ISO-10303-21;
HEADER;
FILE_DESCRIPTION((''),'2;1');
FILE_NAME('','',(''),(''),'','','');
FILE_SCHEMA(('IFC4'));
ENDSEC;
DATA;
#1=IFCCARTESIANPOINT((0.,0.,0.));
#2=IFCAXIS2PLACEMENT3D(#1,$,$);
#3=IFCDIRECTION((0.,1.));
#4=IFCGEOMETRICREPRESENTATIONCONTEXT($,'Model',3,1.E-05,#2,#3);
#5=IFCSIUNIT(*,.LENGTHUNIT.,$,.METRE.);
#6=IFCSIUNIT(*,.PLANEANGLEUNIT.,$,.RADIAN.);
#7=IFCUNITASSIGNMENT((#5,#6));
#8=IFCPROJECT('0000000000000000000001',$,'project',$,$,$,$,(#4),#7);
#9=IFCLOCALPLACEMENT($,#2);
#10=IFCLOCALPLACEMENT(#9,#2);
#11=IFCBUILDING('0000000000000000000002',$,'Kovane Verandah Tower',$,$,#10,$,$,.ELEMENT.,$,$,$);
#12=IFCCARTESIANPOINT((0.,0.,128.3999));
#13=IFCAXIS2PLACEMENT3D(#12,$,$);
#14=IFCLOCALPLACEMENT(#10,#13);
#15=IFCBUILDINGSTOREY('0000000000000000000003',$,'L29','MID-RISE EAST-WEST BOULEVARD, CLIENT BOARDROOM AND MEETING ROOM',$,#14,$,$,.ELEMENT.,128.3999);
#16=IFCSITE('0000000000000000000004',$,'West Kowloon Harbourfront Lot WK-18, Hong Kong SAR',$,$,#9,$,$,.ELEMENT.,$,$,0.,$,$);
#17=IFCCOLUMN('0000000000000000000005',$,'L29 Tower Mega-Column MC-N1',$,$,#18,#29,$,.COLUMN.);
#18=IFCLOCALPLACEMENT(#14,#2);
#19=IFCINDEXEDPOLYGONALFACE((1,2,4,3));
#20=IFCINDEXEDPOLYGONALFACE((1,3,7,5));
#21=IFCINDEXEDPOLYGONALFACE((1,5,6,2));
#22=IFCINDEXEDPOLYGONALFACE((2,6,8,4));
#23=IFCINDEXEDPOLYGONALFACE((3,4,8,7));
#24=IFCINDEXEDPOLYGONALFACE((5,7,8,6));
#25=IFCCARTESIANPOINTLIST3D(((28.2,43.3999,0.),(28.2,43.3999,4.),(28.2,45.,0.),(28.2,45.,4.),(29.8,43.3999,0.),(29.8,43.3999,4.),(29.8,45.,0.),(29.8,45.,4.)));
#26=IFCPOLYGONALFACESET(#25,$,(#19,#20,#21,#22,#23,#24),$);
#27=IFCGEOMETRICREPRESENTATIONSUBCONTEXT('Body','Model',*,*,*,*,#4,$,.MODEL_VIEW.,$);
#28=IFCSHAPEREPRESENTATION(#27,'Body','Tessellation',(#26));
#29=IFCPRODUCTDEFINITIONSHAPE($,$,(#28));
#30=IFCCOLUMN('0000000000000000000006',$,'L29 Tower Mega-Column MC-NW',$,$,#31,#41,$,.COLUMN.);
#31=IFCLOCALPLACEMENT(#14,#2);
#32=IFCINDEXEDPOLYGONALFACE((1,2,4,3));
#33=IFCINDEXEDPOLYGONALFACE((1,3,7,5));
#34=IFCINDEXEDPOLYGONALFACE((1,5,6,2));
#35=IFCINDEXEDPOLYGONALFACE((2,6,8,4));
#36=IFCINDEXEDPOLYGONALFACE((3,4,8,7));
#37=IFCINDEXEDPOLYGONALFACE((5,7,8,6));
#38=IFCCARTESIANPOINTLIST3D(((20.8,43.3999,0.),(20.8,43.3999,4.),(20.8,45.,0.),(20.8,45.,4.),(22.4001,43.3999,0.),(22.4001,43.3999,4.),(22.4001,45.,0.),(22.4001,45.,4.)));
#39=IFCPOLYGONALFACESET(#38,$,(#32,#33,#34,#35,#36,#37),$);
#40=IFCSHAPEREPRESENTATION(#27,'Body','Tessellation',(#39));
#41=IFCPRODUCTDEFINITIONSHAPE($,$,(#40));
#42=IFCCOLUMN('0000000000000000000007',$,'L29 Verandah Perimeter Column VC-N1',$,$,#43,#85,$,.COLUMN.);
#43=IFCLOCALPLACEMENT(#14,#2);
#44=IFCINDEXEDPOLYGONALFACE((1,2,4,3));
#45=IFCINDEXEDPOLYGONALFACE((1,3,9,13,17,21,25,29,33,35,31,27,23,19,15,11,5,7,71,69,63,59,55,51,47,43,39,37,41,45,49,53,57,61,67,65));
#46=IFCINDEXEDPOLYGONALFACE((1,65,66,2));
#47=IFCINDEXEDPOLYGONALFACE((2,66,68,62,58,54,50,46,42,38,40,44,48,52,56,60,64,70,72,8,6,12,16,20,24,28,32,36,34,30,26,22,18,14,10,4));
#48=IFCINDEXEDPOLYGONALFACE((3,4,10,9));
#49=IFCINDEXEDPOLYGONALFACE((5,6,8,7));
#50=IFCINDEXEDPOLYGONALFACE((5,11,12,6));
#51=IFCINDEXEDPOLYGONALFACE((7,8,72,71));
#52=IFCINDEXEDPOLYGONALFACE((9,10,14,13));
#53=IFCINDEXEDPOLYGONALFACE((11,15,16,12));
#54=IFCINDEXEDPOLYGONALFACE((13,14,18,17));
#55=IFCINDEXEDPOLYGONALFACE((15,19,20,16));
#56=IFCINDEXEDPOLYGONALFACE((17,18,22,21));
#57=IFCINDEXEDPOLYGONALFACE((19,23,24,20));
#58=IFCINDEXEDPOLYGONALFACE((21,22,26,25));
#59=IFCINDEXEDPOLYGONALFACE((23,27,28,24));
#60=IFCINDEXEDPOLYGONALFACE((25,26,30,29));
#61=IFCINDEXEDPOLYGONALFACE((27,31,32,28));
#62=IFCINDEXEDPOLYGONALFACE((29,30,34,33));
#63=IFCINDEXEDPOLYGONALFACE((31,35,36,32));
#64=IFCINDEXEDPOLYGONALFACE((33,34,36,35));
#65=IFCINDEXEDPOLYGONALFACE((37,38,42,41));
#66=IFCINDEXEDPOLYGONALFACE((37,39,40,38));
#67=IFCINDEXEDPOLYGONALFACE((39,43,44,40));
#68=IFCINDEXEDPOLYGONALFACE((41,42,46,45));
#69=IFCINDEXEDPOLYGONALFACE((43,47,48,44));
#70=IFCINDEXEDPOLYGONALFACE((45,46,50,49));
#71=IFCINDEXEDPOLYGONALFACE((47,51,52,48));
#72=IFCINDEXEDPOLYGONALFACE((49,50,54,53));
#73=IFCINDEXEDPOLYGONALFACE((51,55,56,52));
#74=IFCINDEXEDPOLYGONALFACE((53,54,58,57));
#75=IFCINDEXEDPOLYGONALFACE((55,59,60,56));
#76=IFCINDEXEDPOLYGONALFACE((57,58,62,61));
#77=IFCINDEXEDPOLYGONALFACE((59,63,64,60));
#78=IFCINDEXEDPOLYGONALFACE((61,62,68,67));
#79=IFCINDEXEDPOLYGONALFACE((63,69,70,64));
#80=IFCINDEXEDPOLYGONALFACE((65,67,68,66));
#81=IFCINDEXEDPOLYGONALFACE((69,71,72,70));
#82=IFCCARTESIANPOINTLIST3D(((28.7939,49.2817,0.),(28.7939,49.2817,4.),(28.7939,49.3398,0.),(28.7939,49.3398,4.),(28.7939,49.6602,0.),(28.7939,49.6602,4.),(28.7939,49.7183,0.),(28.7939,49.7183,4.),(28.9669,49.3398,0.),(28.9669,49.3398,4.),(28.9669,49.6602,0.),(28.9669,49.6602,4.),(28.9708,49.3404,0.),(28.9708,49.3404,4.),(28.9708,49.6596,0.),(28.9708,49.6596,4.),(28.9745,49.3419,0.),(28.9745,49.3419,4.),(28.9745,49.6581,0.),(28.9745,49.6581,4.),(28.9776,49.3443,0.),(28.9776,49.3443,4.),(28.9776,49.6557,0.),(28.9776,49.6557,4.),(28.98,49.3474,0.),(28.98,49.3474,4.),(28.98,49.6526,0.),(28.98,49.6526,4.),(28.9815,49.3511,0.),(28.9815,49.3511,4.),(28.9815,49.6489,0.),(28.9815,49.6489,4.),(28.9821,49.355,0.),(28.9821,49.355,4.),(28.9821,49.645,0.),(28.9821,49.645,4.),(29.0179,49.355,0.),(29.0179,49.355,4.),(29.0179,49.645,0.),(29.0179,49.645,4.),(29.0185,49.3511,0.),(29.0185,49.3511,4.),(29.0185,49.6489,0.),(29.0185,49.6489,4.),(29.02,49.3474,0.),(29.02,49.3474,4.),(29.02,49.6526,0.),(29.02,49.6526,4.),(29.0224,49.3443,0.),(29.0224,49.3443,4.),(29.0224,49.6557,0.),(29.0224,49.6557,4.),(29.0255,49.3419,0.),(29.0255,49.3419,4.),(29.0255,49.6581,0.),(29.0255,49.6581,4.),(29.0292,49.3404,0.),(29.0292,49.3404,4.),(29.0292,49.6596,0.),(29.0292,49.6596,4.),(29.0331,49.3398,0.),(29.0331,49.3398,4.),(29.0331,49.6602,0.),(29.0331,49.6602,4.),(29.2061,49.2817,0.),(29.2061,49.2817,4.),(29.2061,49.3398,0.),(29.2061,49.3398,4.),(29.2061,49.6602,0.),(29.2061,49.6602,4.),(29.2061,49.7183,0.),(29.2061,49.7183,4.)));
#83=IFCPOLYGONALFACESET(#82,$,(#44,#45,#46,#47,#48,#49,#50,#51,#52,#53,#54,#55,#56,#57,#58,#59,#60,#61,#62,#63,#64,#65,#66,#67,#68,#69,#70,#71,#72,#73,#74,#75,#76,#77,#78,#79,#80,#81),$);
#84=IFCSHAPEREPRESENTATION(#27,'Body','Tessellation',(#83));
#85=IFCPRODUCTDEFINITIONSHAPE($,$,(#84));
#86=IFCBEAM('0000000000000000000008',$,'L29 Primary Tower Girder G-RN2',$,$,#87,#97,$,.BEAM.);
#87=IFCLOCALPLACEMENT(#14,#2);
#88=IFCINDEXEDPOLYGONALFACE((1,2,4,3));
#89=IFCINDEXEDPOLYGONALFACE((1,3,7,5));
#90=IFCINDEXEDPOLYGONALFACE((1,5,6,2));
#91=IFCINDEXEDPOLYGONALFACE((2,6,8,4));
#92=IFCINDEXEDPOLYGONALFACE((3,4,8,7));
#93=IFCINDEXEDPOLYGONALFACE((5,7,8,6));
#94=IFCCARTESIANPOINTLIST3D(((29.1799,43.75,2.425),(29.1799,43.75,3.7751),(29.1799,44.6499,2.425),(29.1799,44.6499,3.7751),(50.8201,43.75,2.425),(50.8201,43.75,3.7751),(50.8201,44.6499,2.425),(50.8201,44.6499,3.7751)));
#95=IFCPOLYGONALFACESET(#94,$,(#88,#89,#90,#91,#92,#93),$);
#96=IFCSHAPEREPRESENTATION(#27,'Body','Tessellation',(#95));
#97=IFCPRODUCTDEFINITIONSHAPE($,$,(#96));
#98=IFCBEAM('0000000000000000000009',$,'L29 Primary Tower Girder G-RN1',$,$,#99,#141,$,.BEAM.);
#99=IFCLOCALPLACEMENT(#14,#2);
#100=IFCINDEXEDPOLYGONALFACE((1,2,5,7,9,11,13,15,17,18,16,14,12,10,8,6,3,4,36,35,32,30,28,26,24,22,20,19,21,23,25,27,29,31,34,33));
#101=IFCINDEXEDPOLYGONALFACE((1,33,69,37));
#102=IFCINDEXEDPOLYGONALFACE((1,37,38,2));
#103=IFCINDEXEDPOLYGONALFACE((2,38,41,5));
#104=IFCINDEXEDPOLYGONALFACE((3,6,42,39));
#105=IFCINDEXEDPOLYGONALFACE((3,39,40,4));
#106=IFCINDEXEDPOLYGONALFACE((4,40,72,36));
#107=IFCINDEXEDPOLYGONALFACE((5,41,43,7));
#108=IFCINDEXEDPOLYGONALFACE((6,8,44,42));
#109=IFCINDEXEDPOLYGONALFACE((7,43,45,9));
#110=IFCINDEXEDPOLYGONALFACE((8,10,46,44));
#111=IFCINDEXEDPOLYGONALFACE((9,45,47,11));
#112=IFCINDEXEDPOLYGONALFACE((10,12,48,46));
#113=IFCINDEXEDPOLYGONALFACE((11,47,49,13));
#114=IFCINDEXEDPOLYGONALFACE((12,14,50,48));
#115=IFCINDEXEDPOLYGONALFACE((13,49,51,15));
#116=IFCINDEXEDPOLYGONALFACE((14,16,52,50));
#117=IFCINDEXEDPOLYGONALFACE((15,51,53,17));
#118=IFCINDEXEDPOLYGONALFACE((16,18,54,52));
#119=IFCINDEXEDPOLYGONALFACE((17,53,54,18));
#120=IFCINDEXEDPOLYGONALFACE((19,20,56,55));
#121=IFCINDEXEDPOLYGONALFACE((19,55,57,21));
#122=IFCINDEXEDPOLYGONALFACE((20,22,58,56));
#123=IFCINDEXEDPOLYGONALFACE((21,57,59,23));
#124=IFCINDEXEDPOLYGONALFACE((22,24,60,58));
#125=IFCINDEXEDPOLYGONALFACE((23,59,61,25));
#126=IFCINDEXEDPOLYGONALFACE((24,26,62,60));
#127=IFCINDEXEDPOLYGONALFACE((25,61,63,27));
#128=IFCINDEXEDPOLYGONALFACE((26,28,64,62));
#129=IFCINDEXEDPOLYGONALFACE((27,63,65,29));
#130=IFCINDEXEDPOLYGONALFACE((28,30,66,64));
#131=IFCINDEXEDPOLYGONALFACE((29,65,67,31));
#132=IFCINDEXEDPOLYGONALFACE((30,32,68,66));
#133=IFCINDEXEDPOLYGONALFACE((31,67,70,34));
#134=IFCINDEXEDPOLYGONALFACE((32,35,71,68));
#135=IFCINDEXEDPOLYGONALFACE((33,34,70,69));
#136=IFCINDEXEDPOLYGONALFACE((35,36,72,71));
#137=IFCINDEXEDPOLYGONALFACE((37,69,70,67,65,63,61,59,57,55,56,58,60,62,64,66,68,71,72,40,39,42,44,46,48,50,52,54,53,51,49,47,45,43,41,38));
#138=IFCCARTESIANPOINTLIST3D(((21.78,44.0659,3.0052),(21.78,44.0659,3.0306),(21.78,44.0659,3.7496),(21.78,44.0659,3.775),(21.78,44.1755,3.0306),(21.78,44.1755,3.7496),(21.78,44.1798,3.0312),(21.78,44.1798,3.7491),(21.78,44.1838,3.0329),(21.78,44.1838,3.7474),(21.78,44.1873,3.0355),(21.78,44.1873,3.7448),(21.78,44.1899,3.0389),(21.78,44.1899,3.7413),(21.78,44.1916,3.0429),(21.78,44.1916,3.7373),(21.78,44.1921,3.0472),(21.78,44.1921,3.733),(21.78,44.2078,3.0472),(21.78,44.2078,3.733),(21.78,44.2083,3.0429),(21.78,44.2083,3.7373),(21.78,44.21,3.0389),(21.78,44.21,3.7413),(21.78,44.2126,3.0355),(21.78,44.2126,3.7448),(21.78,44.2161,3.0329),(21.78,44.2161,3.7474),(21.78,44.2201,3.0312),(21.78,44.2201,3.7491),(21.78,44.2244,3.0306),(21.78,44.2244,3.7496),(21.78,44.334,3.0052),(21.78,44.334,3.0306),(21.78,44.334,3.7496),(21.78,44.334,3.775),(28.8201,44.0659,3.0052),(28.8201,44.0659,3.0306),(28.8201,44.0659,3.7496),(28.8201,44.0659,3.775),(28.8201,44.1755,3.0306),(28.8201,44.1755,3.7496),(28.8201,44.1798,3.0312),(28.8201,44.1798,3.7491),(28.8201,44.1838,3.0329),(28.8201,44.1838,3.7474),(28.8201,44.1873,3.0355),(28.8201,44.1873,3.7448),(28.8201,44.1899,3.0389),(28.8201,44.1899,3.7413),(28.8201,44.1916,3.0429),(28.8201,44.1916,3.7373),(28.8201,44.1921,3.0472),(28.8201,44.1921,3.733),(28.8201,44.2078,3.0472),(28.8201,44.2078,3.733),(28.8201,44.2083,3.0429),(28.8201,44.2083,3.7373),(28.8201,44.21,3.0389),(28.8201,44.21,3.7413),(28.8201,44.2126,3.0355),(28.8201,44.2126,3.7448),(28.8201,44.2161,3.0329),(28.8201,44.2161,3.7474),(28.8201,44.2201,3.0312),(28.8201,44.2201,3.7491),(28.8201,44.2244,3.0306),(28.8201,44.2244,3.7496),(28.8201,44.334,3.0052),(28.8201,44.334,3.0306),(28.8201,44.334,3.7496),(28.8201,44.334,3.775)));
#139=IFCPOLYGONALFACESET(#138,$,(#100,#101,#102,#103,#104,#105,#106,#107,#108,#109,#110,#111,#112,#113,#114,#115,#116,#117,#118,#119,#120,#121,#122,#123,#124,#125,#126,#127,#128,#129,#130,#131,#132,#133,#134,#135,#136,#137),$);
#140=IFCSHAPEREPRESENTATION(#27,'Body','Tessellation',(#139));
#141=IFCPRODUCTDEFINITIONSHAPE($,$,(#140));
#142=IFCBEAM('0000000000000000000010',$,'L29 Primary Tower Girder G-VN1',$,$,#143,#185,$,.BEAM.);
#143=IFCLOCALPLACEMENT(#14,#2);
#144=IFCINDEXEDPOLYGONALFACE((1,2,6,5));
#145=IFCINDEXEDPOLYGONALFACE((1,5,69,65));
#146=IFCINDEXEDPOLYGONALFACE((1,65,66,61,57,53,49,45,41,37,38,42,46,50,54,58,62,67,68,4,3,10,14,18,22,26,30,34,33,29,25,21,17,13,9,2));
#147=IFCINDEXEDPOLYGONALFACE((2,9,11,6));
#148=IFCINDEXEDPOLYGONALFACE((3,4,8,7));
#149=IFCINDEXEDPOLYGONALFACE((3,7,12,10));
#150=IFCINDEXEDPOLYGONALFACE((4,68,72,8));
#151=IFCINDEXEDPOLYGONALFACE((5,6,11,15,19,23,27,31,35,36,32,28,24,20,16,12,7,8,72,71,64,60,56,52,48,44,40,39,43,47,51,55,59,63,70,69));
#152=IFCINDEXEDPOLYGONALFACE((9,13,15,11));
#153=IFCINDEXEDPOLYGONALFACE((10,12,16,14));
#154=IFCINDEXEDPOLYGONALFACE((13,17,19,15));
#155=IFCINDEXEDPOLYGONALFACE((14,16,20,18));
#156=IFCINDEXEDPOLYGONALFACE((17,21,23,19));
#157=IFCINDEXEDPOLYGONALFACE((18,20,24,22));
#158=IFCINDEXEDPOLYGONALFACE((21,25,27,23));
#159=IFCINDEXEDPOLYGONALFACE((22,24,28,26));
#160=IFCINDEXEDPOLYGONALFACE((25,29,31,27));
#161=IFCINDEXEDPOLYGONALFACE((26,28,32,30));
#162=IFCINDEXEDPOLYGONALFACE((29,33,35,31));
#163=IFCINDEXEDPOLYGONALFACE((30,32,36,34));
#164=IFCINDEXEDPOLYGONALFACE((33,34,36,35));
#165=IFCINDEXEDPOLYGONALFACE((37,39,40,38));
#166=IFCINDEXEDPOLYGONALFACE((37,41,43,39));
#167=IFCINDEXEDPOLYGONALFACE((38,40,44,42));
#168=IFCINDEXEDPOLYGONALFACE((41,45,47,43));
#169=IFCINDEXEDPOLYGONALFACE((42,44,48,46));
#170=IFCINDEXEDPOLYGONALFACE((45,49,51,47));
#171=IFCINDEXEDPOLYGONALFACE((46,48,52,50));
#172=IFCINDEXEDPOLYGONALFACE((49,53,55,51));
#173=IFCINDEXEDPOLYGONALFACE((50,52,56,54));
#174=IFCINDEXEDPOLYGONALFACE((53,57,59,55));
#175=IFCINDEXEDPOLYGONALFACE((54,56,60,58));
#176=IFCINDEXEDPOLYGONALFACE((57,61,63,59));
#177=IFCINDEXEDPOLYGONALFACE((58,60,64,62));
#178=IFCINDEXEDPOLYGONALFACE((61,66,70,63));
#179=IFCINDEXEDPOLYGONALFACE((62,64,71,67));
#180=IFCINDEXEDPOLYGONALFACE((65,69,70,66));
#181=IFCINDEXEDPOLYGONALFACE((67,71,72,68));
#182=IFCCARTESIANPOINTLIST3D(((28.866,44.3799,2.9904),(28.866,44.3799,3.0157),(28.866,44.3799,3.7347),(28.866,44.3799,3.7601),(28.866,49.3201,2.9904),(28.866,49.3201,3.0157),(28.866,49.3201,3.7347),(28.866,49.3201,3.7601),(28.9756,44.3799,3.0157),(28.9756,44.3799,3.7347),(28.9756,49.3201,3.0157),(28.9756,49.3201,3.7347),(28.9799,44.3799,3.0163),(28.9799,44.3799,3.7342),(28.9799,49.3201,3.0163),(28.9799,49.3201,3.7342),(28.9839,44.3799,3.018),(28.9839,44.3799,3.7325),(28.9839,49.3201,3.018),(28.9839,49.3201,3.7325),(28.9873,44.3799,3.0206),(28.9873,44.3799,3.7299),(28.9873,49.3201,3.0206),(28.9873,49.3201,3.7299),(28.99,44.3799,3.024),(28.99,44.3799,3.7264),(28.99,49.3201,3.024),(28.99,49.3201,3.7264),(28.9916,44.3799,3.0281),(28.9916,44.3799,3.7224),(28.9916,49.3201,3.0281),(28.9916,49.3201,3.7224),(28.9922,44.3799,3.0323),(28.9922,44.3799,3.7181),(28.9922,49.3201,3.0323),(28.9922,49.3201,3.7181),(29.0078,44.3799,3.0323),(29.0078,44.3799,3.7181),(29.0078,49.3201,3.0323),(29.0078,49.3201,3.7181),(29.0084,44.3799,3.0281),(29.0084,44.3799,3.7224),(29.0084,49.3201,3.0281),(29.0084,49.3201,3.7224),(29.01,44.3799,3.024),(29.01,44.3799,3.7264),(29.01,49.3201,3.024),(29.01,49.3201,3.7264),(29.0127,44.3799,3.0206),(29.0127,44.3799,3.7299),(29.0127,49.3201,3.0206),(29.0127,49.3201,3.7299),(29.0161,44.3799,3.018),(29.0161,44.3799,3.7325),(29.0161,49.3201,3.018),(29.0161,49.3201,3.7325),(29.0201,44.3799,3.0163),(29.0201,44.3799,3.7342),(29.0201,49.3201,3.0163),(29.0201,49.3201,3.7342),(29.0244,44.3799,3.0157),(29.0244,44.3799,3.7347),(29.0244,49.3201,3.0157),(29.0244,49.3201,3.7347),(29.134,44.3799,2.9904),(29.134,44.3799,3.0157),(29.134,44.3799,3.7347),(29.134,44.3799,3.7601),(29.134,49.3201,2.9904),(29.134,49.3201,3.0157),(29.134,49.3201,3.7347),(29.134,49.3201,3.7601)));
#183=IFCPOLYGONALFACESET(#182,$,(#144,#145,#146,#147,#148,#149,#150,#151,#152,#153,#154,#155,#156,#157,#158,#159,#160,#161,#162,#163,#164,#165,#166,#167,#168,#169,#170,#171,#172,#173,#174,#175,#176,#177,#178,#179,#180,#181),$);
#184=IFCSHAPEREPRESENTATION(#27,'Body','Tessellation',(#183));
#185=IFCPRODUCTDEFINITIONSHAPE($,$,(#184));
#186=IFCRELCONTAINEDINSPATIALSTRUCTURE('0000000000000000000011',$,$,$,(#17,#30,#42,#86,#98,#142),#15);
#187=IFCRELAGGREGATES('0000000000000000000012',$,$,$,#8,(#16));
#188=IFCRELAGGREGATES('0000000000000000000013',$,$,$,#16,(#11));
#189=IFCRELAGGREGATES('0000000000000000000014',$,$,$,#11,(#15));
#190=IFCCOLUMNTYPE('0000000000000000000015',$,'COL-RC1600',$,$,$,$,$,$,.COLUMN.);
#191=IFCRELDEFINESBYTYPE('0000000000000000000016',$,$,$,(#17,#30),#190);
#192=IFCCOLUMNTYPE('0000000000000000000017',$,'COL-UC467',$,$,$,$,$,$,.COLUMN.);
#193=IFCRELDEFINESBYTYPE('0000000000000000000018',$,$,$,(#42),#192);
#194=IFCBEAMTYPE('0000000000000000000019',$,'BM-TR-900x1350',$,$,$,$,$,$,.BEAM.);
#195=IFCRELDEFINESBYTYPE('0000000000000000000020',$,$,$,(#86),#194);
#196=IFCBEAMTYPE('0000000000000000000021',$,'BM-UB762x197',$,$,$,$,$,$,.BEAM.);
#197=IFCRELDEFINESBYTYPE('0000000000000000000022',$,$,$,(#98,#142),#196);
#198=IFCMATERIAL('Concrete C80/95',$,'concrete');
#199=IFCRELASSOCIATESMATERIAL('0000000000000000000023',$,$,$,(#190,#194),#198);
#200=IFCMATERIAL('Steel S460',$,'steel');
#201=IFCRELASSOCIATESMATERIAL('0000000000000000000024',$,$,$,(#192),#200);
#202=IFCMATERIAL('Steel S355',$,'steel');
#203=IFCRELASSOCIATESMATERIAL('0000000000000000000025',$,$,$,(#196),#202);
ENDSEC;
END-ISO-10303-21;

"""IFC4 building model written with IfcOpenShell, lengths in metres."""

from ifc_helpers import new_model, si_unit, direction, frame, origin, origin_2d, place, context, subcontext, project, spatial, rectangle, i_section, extrude, material, material_profile, profile_set, type_object, element, save


model = new_model("IFC4")

# Units and contexts
model_context = context("Model", 3, precision=1e-05, world=origin(), true_north=direction((0.0, 1.0)))
body_context = subcontext(model_context, "Body", "Model", "MODEL_VIEW")
ifc_project = project(units=[si_unit("LENGTHUNIT", "METRE"), si_unit("PLANEANGLEUNIT", "RADIAN")], contexts=[model_context])

# Site, building, storey
site_placement = place(None, origin())
site = spatial("IfcSite", under=ifc_project, at=site_placement, Name="West Kowloon Harbourfront Lot WK-18, Hong Kong SAR", CompositionType="ELEMENT", RefElevation=0.0)
building_placement = place(site_placement, origin())
building = spatial("IfcBuilding", under=site, at=building_placement, Name="Kovane Verandah Tower", CompositionType="ELEMENT")
storey_placement = place(building_placement, frame((0.0, 0.0, 128.3999)))
storey = spatial("IfcBuildingStorey", under=building, at=storey_placement, Name="L29", Description="MID-RISE EAST-WEST BOULEVARD, CLIENT BOARDROOM AND MEETING ROOM", CompositionType="ELEMENT", Elevation=128.3999)

# Columns
ifc_material_1 = material(Name="Concrete C80/95", Category="concrete")
ifc_material_profile_1 = material_profile(ifc_material_1, rectangle(XDim=1.6001, YDim=1.6001, at=origin_2d()), Name="RC1600x1600")
ifc_profile_set_1 = profile_set([ifc_material_profile_1], Name="Concrete C80/95")
column_type_1 = type_object("IfcColumnType", Name="COL-RC1600", PredefinedType="COLUMN", material=ifc_profile_set_1)
for number, where, z_axis, x_axis, name in (
    (1, (29.0, 44.2, 0.0), (0.0, 0.0, 1.0), (1.0, 0.0, 0.0), "L29 Tower Mega-Column MC-N1"),
    (2, (21.6001, 44.2, 0.0), (0.0, 0.0, 1.0), (1.0, 0.0, 0.0), "L29 Tower Mega-Column MC-NW"),
):
    element("IfcColumn", number, at=place(storey_placement, frame(where, z_axis=z_axis, x_axis=x_axis)), inside=storey, type_object=column_type_1, Name=name, PredefinedType="COLUMN", context=body_context, shape_type="SweptSolid", body=[
        extrude(rectangle(XDim=1.6001, YDim=1.6001, at=origin_2d()), origin(), (0.0, 0.0, 1.0), 4.0),
    ])
ifc_material_2 = material(Name="Steel S460", Category="steel")
ifc_material_profile_2 = material_profile(ifc_material_2, i_section(OverallWidth=0.4121, OverallDepth=0.4365, WebThickness=0.0359, FlangeThickness=0.0581, FilletRadius=0.0151, at=origin_2d()), Name="UC356x406x467")
ifc_profile_set_2 = profile_set([ifc_material_profile_2], Name="Steel S460")
column_type_2 = type_object("IfcColumnType", Name="COL-UC467", PredefinedType="COLUMN", material=ifc_profile_set_2)
column_placement = place(storey_placement, frame((29.0, 49.5, 0.0), z_axis=(0.0, 0.0, 1.0), x_axis=(1.0, 0.0, 0.0)))
element("IfcColumn", 3, at=column_placement, inside=storey, type_object=column_type_2, Name="L29 Verandah Perimeter Column VC-N1", PredefinedType="COLUMN", context=body_context, shape_type="SweptSolid", body=[
    extrude(i_section(OverallWidth=0.4121, OverallDepth=0.4365, WebThickness=0.0359, FlangeThickness=0.0581, FilletRadius=0.0151, at=origin_2d()), origin(), (0.0, 0.0, 1.0), 4.0),
])

# Beams
ifc_material_profile_3 = material_profile(ifc_material_1, rectangle(XDim=0.8999, YDim=1.3501, at=origin_2d()), Name="RCB900x1350")
ifc_profile_set_3 = profile_set([ifc_material_profile_3], Name="Concrete C80/95")
beam_type_1 = type_object("IfcBeamType", Name="BM-TR-900x1350", PredefinedType="BEAM", material=ifc_profile_set_3)
beam_1_placement = place(storey_placement, frame((29.1799, 44.2, 3.1001), z_axis=(1.0, 0.0, 0.0), x_axis=(0.0, 1.0, 0.0)))
element("IfcBeam", 4, at=beam_1_placement, inside=storey, type_object=beam_type_1, Name="L29 Primary Tower Girder G-RN2", PredefinedType="BEAM", context=body_context, shape_type="SweptSolid", body=[
    extrude(rectangle(XDim=0.8999, YDim=1.3501, at=origin_2d()), origin(), (0.0, 0.0, 1.0), 21.6401),
])
ifc_material_3 = material(Name="Steel S355", Category="steel")
ifc_material_profile_4 = material_profile(ifc_material_3, i_section(OverallWidth=0.2681, OverallDepth=0.7698, WebThickness=0.0156, FlangeThickness=0.0254, FilletRadius=0.0166, at=origin_2d()), Name="UB762x267x197")
ifc_profile_set_4 = profile_set([ifc_material_profile_4], Name="Steel S355")
beam_type_2 = type_object("IfcBeamType", Name="BM-UB762x197", PredefinedType="BEAM", material=ifc_profile_set_4)
beam_2_placement = place(storey_placement, frame((21.78, 44.2, 3.3901), z_axis=(1.0, 0.0, 0.0), x_axis=(0.0, 1.0, 0.0)))
element("IfcBeam", 5, at=beam_2_placement, inside=storey, type_object=beam_type_2, Name="L29 Primary Tower Girder G-RN1", PredefinedType="BEAM", context=body_context, shape_type="SweptSolid", body=[
    extrude(i_section(OverallWidth=0.2681, OverallDepth=0.7698, WebThickness=0.0156, FlangeThickness=0.0254, FilletRadius=0.0166, at=origin_2d()), origin(), (0.0, 0.0, 1.0), 7.04),
])
beam_3_placement = place(storey_placement, frame((29.0, 44.3799, 3.3752), z_axis=(0.0, 1.0, 0.0), x_axis=(-1.0, 0.0, 0.0)))
element("IfcBeam", 6, at=beam_3_placement, inside=storey, type_object=beam_type_2, Name="L29 Primary Tower Girder G-VN1", PredefinedType="BEAM", context=body_context, shape_type="SweptSolid", body=[
    extrude(i_section(OverallWidth=0.2681, OverallDepth=0.7698, WebThickness=0.0156, FlangeThickness=0.0254, FilletRadius=0.0166, at=origin_2d()), origin(), (0.0, 0.0, 1.0), 4.9402),
])

save(model, "model.ifc")
